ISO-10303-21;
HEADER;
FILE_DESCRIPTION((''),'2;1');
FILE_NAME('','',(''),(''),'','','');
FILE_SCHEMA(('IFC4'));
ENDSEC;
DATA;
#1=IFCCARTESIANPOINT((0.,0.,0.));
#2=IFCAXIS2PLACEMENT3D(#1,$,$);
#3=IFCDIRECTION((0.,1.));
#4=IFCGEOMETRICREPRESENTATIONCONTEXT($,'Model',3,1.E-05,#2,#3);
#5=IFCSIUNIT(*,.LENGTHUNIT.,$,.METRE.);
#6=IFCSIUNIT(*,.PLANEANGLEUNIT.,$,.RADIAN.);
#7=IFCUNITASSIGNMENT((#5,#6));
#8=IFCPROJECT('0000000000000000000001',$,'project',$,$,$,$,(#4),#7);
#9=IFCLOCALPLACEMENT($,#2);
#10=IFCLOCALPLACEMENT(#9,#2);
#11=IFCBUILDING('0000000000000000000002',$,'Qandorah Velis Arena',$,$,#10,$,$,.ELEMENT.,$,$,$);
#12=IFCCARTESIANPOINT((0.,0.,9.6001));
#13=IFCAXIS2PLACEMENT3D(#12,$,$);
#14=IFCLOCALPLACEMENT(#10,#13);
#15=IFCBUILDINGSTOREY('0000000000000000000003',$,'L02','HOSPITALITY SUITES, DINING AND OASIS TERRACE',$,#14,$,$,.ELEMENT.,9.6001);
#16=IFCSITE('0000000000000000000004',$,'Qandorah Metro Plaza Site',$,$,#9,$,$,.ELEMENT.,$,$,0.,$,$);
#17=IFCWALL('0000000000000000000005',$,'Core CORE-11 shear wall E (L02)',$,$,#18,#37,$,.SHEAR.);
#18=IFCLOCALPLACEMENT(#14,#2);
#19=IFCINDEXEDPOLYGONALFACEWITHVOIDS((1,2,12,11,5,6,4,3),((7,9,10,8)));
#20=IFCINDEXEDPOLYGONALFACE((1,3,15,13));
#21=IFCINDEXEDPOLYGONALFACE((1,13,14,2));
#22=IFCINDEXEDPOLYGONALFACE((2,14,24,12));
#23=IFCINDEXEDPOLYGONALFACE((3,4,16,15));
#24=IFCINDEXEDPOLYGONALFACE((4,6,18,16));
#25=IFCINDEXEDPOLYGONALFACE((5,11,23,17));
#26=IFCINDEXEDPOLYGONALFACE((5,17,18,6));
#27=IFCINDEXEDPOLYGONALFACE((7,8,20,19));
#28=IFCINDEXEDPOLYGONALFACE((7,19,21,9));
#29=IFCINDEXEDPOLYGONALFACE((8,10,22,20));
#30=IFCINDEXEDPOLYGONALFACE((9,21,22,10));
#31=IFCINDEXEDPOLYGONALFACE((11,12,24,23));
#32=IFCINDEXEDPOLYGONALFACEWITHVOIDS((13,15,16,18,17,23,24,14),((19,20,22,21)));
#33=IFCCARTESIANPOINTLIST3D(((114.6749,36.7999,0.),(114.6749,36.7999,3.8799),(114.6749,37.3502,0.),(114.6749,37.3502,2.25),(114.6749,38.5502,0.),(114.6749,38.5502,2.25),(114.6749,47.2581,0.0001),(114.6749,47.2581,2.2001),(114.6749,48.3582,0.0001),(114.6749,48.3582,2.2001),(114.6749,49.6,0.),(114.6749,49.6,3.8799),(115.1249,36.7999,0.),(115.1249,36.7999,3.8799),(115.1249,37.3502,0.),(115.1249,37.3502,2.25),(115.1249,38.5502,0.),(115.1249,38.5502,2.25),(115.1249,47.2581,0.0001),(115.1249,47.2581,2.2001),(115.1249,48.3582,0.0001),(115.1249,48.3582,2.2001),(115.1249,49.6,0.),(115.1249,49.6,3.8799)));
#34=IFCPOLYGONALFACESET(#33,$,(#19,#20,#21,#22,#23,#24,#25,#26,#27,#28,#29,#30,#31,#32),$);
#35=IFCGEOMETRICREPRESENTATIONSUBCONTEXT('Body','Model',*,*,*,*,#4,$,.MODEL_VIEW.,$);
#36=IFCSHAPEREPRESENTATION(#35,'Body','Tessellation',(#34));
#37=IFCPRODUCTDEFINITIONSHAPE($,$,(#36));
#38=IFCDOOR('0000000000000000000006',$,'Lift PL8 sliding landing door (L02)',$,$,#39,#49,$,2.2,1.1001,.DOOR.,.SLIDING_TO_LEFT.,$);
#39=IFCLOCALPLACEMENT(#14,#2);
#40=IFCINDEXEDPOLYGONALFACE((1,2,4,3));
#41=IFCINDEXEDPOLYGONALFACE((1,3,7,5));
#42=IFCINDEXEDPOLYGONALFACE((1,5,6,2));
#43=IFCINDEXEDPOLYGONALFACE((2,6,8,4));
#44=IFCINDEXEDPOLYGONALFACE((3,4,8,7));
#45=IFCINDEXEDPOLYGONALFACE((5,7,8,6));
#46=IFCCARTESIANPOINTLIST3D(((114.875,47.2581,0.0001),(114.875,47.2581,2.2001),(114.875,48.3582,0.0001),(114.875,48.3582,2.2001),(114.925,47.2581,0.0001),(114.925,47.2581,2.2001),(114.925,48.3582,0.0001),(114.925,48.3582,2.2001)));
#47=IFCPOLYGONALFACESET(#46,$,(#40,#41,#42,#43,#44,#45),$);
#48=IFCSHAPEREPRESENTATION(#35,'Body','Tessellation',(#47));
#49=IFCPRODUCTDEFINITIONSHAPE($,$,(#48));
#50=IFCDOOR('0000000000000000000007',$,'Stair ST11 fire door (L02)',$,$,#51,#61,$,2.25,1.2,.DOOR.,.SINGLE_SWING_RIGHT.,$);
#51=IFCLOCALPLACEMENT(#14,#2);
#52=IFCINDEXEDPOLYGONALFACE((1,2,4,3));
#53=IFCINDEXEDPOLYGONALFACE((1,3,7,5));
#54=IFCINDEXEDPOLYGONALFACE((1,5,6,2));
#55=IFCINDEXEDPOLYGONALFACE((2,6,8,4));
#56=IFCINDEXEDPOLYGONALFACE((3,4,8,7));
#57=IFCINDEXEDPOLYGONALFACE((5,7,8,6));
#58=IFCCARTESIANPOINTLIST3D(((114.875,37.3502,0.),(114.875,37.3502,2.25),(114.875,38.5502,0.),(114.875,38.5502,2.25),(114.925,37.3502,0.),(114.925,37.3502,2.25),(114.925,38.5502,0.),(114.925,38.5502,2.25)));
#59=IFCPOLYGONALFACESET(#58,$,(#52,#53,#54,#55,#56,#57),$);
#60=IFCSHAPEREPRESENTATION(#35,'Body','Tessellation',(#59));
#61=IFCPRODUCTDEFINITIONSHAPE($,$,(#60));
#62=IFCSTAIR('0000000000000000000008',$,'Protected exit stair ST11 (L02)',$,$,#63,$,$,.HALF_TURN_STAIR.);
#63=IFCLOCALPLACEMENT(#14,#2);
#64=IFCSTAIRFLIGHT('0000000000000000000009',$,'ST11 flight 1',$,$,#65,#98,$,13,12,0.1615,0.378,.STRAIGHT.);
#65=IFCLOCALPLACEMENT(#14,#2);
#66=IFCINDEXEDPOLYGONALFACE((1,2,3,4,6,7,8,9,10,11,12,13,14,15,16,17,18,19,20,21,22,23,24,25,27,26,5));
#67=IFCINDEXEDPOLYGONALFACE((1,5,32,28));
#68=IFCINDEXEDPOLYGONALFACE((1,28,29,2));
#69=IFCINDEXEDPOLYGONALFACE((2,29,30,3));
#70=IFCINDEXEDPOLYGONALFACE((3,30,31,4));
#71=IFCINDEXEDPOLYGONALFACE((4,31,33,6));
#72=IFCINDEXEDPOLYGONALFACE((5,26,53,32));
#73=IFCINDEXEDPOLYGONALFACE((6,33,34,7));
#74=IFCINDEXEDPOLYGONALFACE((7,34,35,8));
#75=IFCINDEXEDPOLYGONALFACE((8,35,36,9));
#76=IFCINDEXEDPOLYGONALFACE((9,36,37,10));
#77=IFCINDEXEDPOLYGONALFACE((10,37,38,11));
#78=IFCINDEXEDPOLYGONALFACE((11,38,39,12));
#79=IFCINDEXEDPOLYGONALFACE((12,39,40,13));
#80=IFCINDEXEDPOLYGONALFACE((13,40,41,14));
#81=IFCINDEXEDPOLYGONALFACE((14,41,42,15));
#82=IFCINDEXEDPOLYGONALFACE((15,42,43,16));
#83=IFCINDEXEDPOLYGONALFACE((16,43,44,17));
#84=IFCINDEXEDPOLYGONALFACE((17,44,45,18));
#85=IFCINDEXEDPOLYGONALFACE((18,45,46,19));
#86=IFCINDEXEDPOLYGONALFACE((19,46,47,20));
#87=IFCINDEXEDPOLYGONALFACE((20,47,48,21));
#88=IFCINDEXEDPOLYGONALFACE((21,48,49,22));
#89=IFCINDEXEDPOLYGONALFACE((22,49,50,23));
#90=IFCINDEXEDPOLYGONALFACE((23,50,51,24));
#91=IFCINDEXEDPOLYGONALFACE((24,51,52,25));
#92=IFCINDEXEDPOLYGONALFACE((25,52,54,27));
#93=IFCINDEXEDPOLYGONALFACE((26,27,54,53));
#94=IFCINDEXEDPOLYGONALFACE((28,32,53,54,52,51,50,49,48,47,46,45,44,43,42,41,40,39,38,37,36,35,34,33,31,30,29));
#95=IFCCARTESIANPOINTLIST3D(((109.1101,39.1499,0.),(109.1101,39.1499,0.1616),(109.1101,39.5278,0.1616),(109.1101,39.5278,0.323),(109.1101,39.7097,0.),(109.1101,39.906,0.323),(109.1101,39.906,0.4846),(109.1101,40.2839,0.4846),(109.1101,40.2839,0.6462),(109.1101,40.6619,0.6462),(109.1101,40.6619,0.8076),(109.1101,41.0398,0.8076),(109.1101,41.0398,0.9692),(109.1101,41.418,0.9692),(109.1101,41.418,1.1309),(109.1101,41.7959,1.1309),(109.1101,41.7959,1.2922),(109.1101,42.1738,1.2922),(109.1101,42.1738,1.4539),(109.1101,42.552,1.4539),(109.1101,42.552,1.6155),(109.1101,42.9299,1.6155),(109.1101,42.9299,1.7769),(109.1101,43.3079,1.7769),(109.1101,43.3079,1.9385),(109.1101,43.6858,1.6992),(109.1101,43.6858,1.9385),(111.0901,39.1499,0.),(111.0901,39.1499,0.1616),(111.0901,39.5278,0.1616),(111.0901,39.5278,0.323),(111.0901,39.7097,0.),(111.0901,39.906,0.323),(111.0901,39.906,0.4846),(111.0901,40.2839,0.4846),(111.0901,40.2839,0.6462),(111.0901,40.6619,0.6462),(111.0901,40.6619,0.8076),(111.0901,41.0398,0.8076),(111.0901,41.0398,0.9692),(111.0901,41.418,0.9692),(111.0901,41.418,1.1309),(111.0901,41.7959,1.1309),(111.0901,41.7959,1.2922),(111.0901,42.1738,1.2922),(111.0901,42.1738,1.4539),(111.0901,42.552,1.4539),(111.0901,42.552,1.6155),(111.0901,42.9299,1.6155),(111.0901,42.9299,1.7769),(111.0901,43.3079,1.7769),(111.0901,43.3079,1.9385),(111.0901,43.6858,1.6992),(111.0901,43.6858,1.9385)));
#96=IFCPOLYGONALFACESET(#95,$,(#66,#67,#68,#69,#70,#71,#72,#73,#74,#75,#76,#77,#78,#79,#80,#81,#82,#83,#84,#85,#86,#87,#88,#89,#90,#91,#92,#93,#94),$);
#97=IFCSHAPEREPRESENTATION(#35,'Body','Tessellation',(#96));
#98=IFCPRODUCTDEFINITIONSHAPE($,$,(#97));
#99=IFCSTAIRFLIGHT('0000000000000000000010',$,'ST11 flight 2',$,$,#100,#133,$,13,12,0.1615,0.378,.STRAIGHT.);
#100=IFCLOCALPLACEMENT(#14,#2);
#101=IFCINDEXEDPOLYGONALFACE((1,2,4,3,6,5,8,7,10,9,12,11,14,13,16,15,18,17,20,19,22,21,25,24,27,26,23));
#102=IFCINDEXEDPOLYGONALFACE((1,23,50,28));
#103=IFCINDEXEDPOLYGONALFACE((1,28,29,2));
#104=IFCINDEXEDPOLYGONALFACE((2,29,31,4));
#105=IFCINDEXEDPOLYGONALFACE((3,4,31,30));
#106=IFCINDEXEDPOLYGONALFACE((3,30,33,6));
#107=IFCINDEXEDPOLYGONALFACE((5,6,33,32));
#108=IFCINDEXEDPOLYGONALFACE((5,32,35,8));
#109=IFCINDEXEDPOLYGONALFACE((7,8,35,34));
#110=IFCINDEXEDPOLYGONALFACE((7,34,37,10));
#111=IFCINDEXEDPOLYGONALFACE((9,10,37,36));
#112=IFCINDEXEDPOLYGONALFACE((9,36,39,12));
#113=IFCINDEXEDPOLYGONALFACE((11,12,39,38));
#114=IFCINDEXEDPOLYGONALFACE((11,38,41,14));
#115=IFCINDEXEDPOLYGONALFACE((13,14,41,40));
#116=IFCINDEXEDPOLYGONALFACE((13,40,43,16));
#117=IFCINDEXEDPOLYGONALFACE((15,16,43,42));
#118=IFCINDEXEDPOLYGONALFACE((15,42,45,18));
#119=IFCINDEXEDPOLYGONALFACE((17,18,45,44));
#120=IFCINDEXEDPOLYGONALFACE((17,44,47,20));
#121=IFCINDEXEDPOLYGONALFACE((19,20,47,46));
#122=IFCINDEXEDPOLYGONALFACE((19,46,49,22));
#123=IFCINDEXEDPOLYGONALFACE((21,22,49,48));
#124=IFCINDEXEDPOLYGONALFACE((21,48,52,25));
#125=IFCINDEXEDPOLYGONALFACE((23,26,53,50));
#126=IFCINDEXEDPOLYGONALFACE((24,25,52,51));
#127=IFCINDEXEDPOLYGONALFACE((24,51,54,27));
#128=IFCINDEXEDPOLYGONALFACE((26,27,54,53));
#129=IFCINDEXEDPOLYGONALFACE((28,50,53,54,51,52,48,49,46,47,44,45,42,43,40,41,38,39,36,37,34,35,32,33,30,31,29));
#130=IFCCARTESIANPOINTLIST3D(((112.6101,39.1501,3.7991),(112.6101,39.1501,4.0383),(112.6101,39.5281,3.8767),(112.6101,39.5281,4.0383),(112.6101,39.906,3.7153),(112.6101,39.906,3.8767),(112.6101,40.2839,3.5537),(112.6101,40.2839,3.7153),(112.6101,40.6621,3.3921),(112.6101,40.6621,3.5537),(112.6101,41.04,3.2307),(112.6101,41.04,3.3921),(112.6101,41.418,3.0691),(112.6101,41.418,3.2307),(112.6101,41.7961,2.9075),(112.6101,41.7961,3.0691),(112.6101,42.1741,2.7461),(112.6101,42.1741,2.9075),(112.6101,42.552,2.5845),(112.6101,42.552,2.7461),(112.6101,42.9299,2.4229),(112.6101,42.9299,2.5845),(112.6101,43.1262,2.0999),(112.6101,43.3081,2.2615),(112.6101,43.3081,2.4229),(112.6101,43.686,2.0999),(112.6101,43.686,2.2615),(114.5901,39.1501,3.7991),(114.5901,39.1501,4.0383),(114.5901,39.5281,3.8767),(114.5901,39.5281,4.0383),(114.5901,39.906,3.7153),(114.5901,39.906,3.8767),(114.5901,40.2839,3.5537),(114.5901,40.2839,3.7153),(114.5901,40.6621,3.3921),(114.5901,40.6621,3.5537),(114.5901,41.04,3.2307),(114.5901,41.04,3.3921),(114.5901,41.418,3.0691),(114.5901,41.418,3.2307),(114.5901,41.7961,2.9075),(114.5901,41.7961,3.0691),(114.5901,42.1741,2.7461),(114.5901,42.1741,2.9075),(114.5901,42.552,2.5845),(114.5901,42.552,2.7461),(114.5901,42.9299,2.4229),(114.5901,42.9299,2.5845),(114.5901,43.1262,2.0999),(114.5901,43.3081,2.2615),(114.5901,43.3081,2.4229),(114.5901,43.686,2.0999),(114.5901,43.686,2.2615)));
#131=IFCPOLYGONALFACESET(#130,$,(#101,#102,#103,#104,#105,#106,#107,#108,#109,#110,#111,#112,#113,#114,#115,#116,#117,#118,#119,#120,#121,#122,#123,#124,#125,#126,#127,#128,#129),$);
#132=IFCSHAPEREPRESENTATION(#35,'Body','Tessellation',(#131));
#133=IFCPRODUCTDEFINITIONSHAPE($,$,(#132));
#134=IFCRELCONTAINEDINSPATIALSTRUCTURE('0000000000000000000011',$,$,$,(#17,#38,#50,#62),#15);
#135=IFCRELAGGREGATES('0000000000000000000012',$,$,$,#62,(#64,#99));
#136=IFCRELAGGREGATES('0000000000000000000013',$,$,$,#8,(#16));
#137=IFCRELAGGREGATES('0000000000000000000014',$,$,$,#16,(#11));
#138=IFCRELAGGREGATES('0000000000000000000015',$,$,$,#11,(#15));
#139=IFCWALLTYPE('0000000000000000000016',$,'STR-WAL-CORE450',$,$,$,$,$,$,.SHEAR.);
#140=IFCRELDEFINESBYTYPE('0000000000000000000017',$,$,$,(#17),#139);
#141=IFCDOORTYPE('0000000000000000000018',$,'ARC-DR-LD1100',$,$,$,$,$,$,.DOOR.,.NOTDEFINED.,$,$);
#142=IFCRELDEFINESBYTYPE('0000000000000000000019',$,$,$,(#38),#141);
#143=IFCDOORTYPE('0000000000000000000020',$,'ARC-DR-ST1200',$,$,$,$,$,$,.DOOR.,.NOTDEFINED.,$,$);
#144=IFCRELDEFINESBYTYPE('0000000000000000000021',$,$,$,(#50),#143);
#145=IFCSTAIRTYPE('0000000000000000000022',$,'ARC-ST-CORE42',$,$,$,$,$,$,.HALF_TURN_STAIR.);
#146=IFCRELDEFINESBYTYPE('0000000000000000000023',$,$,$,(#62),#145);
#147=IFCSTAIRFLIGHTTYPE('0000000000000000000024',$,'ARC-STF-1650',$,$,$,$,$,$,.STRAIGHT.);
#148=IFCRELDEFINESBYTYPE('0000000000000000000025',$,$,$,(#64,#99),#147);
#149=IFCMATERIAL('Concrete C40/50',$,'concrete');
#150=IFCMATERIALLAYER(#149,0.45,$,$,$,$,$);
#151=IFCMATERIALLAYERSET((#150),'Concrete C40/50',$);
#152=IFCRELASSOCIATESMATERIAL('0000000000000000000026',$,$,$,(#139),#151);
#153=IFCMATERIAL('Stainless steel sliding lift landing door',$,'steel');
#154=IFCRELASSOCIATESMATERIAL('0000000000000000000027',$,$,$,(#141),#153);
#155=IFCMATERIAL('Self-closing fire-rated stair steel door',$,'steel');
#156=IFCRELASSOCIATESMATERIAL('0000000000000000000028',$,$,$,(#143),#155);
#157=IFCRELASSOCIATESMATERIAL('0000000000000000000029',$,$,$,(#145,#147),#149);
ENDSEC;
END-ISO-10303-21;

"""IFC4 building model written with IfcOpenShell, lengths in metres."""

from ifc_helpers import new_model, si_unit, direction, frame, frame_2d, origin, place, context, subcontext, project, spatial, polyline, rectangle, outline, extrude, material, layer, layer_set, type_object, element, fill, aggregate, save


model = new_model("IFC4")

# Units and contexts
model_context = context("Model", 3, precision=1e-05, world=origin(), true_north=direction((0.0, 1.0)))
body_context = subcontext(model_context, "Body", "Model", "MODEL_VIEW")
ifc_project = project(units=[si_unit("LENGTHUNIT", "METRE"), si_unit("PLANEANGLEUNIT", "RADIAN")], contexts=[model_context])

# Site, building, storey
site_placement = place(None, origin())
site = spatial("IfcSite", under=ifc_project, at=site_placement, Name="Qandorah Metro Plaza Site", CompositionType="ELEMENT", RefElevation=0.0)
building_placement = place(site_placement, origin())
building = spatial("IfcBuilding", under=site, at=building_placement, Name="Qandorah Velis Arena", CompositionType="ELEMENT")
storey_placement = place(building_placement, frame((0.0, 0.0, 9.6001)))
storey = spatial("IfcBuildingStorey", under=building, at=storey_placement, Name="L02", Description="HOSPITALITY SUITES, DINING AND OASIS TERRACE", CompositionType="ELEMENT", Elevation=9.6001)

# Shared definitions
ifc_material_1 = material(Name="Concrete C40/50", Category="concrete")

# Wall, openings, doors
ifc_layer_1 = layer(ifc_material_1, 0.45)
ifc_layer_set_1 = layer_set([ifc_layer_1], Name="Concrete C40/50")
wall_type_1 = type_object("IfcWallType", Name="STR-WAL-CORE450", PredefinedType="SHEAR", material=ifc_layer_set_1)
wall_1_placement = place(storey_placement, frame((114.8999, 36.8, 0.0), z_axis=(0.0, 0.0, 1.0), x_axis=(0.0, 1.0, 0.0)))
wall_1 = element("IfcWall", 1, at=wall_1_placement, inside=storey, type_object=wall_type_1, Name="Core CORE-11 shear wall E (L02)", PredefinedType="SHEAR", context=body_context, shape_type="SweptSolid", body=[
    extrude(rectangle(XDim=12.8, YDim=0.45, at=frame_2d((6.3999, 0.0))), origin(), (0.0, 0.0, 1.0), 3.8799),
])
opening_1_placement = place(wall_1_placement, frame((0.55, 0.0, 0.0)))
opening_1 = element("IfcOpeningElement", 2, at=opening_1_placement, cuts=wall_1, PredefinedType="OPENING", context=body_context, shape_type="SweptSolid", body=[
    extrude(rectangle(XDim=1.2, YDim=2.25, at=frame_2d((0.6001, 1.125))), frame((0.0, 0.2349, 0.0), z_axis=(0.0, -1.0, 0.0), x_axis=(1.0, 0.0, 0.0)), (0.0, 0.0, 1.0), 0.47),
])
opening_2_placement = place(wall_1_placement, frame((10.458, 0.0, 0.0)))
opening_2 = element("IfcOpeningElement", 3, at=opening_2_placement, cuts=wall_1, PredefinedType="OPENING", context=body_context, shape_type="SweptSolid", body=[
    extrude(rectangle(XDim=1.1001, YDim=2.2, at=frame_2d((0.55, 1.1001))), frame((0.0, 0.2349, 0.0), z_axis=(0.0, -1.0, 0.0), x_axis=(1.0, 0.0, 0.0)), (0.0, 0.0, 1.0), 0.47),
])
ifc_material_2 = material(Name="Stainless steel sliding lift landing door", Category="steel")
door_type_1 = type_object("IfcDoorType", Name="ARC-DR-LD1100", OperationType="NOTDEFINED", PredefinedType="DOOR", material=ifc_material_2)
door_1_placement = place(opening_2_placement, origin())
door_1 = element("IfcDoor", 4, at=door_1_placement, inside=storey, type_object=door_type_1, Name="Lift PL8 sliding landing door (L02)", OperationType="SLIDING_TO_LEFT", OverallHeight=2.2, OverallWidth=1.1001, PredefinedType="DOOR", context=body_context, shape_type="SweptSolid", body=[
    extrude(rectangle(XDim=1.1001, YDim=2.2, at=frame_2d((0.55, 1.1001))), frame((0.0, 0.0249, 0.0), z_axis=(0.0, -1.0, 0.0), x_axis=(1.0, 0.0, 0.0)), (0.0, 0.0, 1.0), 0.05),
])
fill(opening_2, door_1)
ifc_material_3 = material(Name="Self-closing fire-rated stair steel door", Category="steel")
door_type_2 = type_object("IfcDoorType", Name="ARC-DR-ST1200", OperationType="NOTDEFINED", PredefinedType="DOOR", material=ifc_material_3)
door_2_placement = place(opening_1_placement, origin())
door_2 = element("IfcDoor", 5, at=door_2_placement, inside=storey, type_object=door_type_2, Name="Stair ST11 fire door (L02)", OperationType="SINGLE_SWING_RIGHT", OverallHeight=2.25, OverallWidth=1.2, PredefinedType="DOOR", context=body_context, shape_type="SweptSolid", body=[
    extrude(rectangle(XDim=1.2, YDim=2.25, at=frame_2d((0.6001, 1.125))), frame((0.0, 0.0249, 0.0), z_axis=(0.0, -1.0, 0.0), x_axis=(1.0, 0.0, 0.0)), (0.0, 0.0, 1.0), 0.05),
])
fill(opening_1, door_2)

# Stair, stair flights
stair_type = type_object("IfcStairType", Name="ARC-ST-CORE42", PredefinedType="HALF_TURN_STAIR", material=ifc_material_1)
stair_placement = place(storey_placement, origin())
stair = element("IfcStair", 6, at=stair_placement, inside=storey, type_object=stair_type, Name="Protected exit stair ST11 (L02)", PredefinedType="HALF_TURN_STAIR")
stair_flight_type = type_object("IfcStairFlightType", Name="ARC-STF-1650", PredefinedType="STRAIGHT", material=ifc_material_1)
stair_flight_1_placement = place(storey_placement, frame((110.1001, 39.1499, 0.0), z_axis=(0.0, 0.0, 1.0), x_axis=(0.0, 1.0, 0.0)))
stair_flight_1 = element("IfcStairFlight", 7, at=stair_flight_1_placement, type_object=stair_flight_type, Name="ST11 flight 1", NumberOfRisers=13, NumberOfTreads=12, PredefinedType="STRAIGHT", RiserHeight=0.1615, TreadLength=0.378, context=body_context, shape_type="SweptSolid", body=[
    extrude(outline(polyline([(0.0, 0.0), (0.0, 0.1616), (0.3779, 0.1616), (0.3779, 0.323), (0.7561, 0.323), (0.7561, 0.4846), (1.134, 0.4846), (1.134, 0.6462), (1.512, 0.6462), (1.512, 0.8076), (1.8899, 0.8076), (1.8899, 0.9692), (2.2681, 0.9692), (2.2681, 1.1309), (2.646, 1.1309), (2.646, 1.2922), (3.0239, 1.2922), (3.0239, 1.4539), (3.4021, 1.4539), (3.4021, 1.6155), (3.78, 1.6155), (3.78, 1.7769), (4.158, 1.7769), (4.158, 1.9385), (4.5359, 1.9385), (4.5359, 2.1001), (4.5359, 1.6992), (0.5598, 0.0), (0.0, 0.0)])), frame((0.0, 0.99, 0.0), z_axis=(0.0, -1.0, 0.0), x_axis=(1.0, 0.0, 0.0)), (0.0, 0.0, 1.0), 1.98),
])
stair_flight_2_placement = place(storey_placement, frame((113.6001, 43.686, 2.0999), z_axis=(0.0, 0.0, 1.0), x_axis=(0.0, -1.0, 0.0)))
stair_flight_2 = element("IfcStairFlight", 8, at=stair_flight_2_placement, type_object=stair_flight_type, Name="ST11 flight 2", NumberOfRisers=13, NumberOfTreads=12, PredefinedType="STRAIGHT", RiserHeight=0.1615, TreadLength=0.378, context=body_context, shape_type="SweptSolid", body=[
    extrude(outline(polyline([(0.0, 0.0), (0.0, 0.1616), (0.3779, 0.1616), (0.3779, 0.323), (0.7561, 0.323), (0.7561, 0.4846), (1.134, 0.4846), (1.134, 0.6462), (1.512, 0.6462), (1.512, 0.8076), (1.8899, 0.8076), (1.8899, 0.9692), (2.2681, 0.9692), (2.2681, 1.1309), (2.646, 1.1309), (2.646, 1.2922), (3.0239, 1.2922), (3.0239, 1.4539), (3.4021, 1.4539), (3.4021, 1.6155), (3.78, 1.6155), (3.78, 1.7769), (4.158, 1.7769), (4.158, 1.9385), (4.5359, 1.9385), (4.5359, 2.1001), (4.5359, 1.6992), (0.5598, 0.0), (0.0, 0.0)])), frame((0.0, 0.99, 0.0), z_axis=(0.0, -1.0, 0.0), x_axis=(1.0, 0.0, 0.0)), (0.0, 0.0, 1.0), 1.98),
])
aggregate(stair, [stair_flight_1, stair_flight_2])

save(model, "model.ifc")
